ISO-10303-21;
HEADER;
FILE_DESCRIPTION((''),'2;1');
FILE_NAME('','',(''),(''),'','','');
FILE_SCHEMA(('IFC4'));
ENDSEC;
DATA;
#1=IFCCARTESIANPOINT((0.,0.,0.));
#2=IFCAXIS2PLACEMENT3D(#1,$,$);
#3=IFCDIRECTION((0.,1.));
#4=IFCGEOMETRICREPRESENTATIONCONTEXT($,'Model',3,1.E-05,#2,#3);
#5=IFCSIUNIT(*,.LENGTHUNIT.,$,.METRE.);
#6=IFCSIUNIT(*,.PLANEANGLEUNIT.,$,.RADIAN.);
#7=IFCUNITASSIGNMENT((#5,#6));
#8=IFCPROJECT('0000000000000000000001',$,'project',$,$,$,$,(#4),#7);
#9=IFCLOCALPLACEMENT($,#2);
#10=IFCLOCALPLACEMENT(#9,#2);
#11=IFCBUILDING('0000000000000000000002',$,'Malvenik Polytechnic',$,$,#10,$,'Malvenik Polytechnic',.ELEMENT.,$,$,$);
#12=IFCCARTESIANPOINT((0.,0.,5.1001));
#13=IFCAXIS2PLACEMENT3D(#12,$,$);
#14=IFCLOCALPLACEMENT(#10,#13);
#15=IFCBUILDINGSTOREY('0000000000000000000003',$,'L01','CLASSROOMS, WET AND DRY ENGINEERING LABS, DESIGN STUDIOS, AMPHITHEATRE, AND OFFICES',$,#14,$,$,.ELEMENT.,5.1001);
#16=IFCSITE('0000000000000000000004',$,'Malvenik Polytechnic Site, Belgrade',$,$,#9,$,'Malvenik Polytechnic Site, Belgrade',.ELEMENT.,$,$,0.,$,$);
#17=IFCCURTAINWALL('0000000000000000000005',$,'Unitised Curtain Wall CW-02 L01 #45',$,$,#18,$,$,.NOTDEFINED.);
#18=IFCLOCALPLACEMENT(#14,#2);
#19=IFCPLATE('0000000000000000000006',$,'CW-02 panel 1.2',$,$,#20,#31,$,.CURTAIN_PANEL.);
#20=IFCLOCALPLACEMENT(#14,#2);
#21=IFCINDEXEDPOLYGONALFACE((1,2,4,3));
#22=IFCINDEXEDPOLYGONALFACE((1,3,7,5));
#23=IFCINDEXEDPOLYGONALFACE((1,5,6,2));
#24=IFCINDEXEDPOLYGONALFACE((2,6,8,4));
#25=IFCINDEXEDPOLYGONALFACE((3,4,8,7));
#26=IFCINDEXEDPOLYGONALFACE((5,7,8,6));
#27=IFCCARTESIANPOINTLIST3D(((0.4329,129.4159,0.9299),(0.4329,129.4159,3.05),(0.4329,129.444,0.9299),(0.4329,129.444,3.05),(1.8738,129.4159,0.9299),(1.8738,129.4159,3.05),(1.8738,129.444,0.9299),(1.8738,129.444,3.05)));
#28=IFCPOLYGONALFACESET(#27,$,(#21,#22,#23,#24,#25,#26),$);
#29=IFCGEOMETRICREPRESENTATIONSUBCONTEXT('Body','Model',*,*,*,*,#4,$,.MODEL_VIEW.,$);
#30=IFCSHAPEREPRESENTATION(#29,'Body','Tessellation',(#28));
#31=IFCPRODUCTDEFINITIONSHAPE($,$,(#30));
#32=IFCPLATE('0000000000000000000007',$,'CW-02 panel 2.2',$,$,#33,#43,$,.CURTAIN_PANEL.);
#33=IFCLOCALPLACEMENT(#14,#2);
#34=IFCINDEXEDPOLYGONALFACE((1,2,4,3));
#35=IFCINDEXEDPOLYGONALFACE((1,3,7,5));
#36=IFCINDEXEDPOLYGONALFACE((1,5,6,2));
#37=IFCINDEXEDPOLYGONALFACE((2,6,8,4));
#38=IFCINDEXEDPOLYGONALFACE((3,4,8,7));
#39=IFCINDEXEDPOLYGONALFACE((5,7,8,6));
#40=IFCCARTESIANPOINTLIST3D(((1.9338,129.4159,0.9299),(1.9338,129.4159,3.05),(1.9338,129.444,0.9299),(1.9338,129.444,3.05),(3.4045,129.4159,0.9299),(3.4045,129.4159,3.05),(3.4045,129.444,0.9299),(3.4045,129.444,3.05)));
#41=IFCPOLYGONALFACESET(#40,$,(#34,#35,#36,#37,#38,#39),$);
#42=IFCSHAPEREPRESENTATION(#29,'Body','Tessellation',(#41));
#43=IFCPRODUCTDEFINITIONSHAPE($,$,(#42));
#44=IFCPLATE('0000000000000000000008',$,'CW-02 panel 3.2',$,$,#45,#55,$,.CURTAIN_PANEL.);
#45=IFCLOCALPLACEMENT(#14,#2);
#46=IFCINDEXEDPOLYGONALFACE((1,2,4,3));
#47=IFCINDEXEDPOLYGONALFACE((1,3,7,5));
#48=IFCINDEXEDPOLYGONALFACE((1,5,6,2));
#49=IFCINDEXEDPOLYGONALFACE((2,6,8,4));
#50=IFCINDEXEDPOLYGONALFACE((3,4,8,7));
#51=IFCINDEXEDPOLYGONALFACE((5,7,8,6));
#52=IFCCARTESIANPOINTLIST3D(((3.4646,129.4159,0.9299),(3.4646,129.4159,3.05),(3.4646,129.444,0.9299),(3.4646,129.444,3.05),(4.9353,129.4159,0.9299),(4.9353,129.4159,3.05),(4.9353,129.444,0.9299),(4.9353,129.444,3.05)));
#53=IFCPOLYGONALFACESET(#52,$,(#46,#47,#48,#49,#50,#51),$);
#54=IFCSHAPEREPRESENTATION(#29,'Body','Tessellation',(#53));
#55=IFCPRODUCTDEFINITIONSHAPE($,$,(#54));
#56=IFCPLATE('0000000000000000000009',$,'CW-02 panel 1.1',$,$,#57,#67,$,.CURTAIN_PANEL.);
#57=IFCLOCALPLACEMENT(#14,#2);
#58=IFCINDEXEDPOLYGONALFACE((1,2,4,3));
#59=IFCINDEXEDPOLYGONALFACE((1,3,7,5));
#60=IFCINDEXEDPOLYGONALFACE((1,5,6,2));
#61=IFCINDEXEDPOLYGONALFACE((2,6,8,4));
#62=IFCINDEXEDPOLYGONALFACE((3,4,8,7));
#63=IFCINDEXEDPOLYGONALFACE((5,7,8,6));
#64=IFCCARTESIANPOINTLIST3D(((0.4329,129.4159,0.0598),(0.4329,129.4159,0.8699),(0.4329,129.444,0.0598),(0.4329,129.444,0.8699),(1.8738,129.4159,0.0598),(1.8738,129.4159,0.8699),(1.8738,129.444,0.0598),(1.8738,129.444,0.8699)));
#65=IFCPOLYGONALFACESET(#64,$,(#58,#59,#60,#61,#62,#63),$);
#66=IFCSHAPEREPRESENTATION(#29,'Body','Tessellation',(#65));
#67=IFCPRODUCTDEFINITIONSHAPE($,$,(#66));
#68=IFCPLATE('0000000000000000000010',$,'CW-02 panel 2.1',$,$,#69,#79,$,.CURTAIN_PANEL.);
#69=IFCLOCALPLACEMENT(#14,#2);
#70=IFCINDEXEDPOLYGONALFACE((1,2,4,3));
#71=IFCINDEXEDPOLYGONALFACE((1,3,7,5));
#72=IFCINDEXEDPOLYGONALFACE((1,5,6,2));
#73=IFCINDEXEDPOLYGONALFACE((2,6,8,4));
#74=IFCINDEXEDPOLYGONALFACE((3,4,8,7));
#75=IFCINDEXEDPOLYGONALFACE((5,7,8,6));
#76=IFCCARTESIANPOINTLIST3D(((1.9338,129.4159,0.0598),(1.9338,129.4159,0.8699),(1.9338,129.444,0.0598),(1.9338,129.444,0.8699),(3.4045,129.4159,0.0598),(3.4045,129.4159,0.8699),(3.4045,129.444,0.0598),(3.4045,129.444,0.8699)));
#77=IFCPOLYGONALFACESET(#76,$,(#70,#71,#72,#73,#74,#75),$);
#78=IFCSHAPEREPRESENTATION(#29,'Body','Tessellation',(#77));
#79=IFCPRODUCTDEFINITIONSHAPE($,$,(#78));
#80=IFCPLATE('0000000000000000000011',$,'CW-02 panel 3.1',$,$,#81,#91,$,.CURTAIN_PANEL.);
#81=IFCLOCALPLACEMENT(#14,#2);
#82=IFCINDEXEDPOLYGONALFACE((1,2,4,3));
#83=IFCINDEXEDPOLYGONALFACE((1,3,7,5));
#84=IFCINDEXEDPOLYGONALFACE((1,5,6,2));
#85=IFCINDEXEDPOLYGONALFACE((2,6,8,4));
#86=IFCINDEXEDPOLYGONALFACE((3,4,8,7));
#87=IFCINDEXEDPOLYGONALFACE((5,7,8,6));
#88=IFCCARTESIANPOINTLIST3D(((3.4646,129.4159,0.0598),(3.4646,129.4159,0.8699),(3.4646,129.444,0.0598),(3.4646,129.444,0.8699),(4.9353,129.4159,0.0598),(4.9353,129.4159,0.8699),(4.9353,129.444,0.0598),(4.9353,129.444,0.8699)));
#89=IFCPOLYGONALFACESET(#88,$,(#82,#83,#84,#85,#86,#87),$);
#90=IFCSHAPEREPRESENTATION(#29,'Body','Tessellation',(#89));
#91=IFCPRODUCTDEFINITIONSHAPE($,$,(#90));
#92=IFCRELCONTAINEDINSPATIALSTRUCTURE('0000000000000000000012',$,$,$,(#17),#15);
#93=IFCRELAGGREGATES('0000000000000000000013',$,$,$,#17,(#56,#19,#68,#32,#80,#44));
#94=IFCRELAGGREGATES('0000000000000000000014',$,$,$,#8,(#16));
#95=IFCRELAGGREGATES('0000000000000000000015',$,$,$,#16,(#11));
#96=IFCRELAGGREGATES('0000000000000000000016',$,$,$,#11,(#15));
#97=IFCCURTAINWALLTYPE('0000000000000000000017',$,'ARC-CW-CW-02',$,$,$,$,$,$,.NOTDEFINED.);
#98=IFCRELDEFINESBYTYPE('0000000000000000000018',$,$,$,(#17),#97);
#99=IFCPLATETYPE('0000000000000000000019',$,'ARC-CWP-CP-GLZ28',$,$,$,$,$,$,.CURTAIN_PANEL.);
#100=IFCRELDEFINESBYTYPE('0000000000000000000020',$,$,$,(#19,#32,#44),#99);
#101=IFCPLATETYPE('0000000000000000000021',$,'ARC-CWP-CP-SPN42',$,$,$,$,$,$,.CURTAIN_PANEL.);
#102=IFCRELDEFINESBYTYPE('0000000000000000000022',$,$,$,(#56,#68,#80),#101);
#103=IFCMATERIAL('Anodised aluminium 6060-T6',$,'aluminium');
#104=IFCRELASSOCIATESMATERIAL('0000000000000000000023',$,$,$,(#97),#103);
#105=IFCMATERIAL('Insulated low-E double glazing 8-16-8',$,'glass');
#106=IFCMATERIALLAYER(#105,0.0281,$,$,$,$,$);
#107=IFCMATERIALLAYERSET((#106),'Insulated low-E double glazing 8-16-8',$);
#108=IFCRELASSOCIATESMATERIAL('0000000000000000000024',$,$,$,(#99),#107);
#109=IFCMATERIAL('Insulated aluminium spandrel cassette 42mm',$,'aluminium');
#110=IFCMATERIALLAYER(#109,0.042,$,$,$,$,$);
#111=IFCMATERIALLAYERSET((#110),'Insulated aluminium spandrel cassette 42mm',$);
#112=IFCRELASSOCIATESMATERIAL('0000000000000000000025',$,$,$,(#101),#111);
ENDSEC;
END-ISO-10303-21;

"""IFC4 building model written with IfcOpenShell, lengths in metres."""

from ifc_helpers import new_model, si_unit, direction, frame, origin, origin_2d, place, context, subcontext, project, spatial, rectangle, extrude, material, layer, layer_set, type_object, element, aggregate, save


model = new_model("IFC4")

# Units and contexts
model_context = context("Model", 3, precision=1e-05, world=origin(), true_north=direction((0.0, 1.0)))
body_context = subcontext(model_context, "Body", "Model", "MODEL_VIEW")
ifc_project = project(units=[si_unit("LENGTHUNIT", "METRE"), si_unit("PLANEANGLEUNIT", "RADIAN")], contexts=[model_context])

# Site, building, storey
site_placement = place(None, origin())
site = spatial("IfcSite", under=ifc_project, at=site_placement, Name="Malvenik Polytechnic Site, Belgrade", LongName="Malvenik Polytechnic Site, Belgrade", CompositionType="ELEMENT", RefElevation=0.0)
building_placement = place(site_placement, origin())
building = spatial("IfcBuilding", under=site, at=building_placement, Name="Malvenik Polytechnic", LongName="Malvenik Polytechnic", CompositionType="ELEMENT")
storey_placement = place(building_placement, frame((0.0, 0.0, 5.1001)))
storey = spatial("IfcBuildingStorey", under=building, at=storey_placement, Name="L01", Description="CLASSROOMS, WET AND DRY ENGINEERING LABS, DESIGN STUDIOS, AMPHITHEATRE, AND OFFICES", CompositionType="ELEMENT", Elevation=5.1001)

# Curtain wall, plates
ifc_material_1 = material(Name="Anodised aluminium 6060-T6", Category="aluminium")
curtain_wall_type = type_object("IfcCurtainWallType", Name="ARC-CW-CW-02", PredefinedType="NOTDEFINED", material=ifc_material_1)
curtain_wall_placement = place(storey_placement, origin())
curtain_wall = element("IfcCurtainWall", 1, at=curtain_wall_placement, inside=storey, type_object=curtain_wall_type, Name="Unitised Curtain Wall CW-02 L01 #45", PredefinedType="NOTDEFINED")
ifc_material_2 = material(Name="Insulated low-E double glazing 8-16-8", Category="glass")
ifc_layer_1 = layer(ifc_material_2, 0.0281)
ifc_layer_set_1 = layer_set([ifc_layer_1], Name="Insulated low-E double glazing 8-16-8")
plate_type_1 = type_object("IfcPlateType", Name="ARC-CWP-CP-GLZ28", PredefinedType="CURTAIN_PANEL", material=ifc_layer_set_1)
plate_1_placement = place(storey_placement, frame((1.1533, 129.4299, 0.9299), z_axis=(0.0, 0.0, 1.0), x_axis=(1.0, 0.0, 0.0)))
plate_1 = element("IfcPlate", 2, at=plate_1_placement, type_object=plate_type_1, Name="CW-02 panel 1.2", PredefinedType="CURTAIN_PANEL", context=body_context, shape_type="SweptSolid", body=[
    extrude(rectangle(XDim=1.4409, YDim=0.0281, at=origin_2d()), origin(), (0.0, 0.0, 1.0), 2.1201),
])
plate_2_placement = place(storey_placement, frame((2.6692, 129.4299, 0.9299), z_axis=(0.0, 0.0, 1.0), x_axis=(1.0, 0.0, 0.0)))
plate_2 = element("IfcPlate", 3, at=plate_2_placement, type_object=plate_type_1, Name="CW-02 panel 2.2", PredefinedType="CURTAIN_PANEL", context=body_context, shape_type="SweptSolid", body=[
    extrude(rectangle(XDim=1.4707, YDim=0.0281, at=origin_2d()), origin(), (0.0, 0.0, 1.0), 2.1201),
])
plate_3_placement = place(storey_placement, frame((4.2, 129.4299, 0.9299), z_axis=(0.0, 0.0, 1.0), x_axis=(1.0, 0.0, 0.0)))
plate_3 = element("IfcPlate", 4, at=plate_3_placement, type_object=plate_type_1, Name="CW-02 panel 3.2", PredefinedType="CURTAIN_PANEL", context=body_context, shape_type="SweptSolid", body=[
    extrude(rectangle(XDim=1.4707, YDim=0.0281, at=origin_2d()), origin(), (0.0, 0.0, 1.0), 2.1201),
])
ifc_material_3 = material(Name="Insulated aluminium spandrel cassette 42mm", Category="aluminium")
ifc_layer_2 = layer(ifc_material_3, 0.042)
ifc_layer_set_2 = layer_set([ifc_layer_2], Name="Insulated aluminium spandrel cassette 42mm")
plate_type_2 = type_object("IfcPlateType", Name="ARC-CWP-CP-SPN42", PredefinedType="CURTAIN_PANEL", material=ifc_layer_set_2)
plate_4_placement = place(storey_placement, frame((1.1533, 129.4299, 0.0598), z_axis=(0.0, 0.0, 1.0), x_axis=(1.0, 0.0, 0.0)))
plate_4 = element("IfcPlate", 5, at=plate_4_placement, type_object=plate_type_2, Name="CW-02 panel 1.1", PredefinedType="CURTAIN_PANEL", context=body_context, shape_type="SweptSolid", body=[
    extrude(rectangle(XDim=1.4409, YDim=0.0281, at=origin_2d()), origin(), (0.0, 0.0, 1.0), 0.8101),
])
plate_5_placement = place(storey_placement, frame((2.6692, 129.4299, 0.0598), z_axis=(0.0, 0.0, 1.0), x_axis=(1.0, 0.0, 0.0)))
plate_5 = element("IfcPlate", 6, at=plate_5_placement, type_object=plate_type_2, Name="CW-02 panel 2.1", PredefinedType="CURTAIN_PANEL", context=body_context, shape_type="SweptSolid", body=[
    extrude(rectangle(XDim=1.4707, YDim=0.0281, at=origin_2d()), origin(), (0.0, 0.0, 1.0), 0.8101),
])
plate_6_placement = place(storey_placement, frame((4.2, 129.4299, 0.0598), z_axis=(0.0, 0.0, 1.0), x_axis=(1.0, 0.0, 0.0)))
plate_6 = element("IfcPlate", 7, at=plate_6_placement, type_object=plate_type_2, Name="CW-02 panel 3.1", PredefinedType="CURTAIN_PANEL", context=body_context, shape_type="SweptSolid", body=[
    extrude(rectangle(XDim=1.4707, YDim=0.0281, at=origin_2d()), origin(), (0.0, 0.0, 1.0), 0.8101),
])
aggregate(curtain_wall, [plate_4, plate_1, plate_5, plate_2, plate_6, plate_3])

save(model, "model.ifc")
